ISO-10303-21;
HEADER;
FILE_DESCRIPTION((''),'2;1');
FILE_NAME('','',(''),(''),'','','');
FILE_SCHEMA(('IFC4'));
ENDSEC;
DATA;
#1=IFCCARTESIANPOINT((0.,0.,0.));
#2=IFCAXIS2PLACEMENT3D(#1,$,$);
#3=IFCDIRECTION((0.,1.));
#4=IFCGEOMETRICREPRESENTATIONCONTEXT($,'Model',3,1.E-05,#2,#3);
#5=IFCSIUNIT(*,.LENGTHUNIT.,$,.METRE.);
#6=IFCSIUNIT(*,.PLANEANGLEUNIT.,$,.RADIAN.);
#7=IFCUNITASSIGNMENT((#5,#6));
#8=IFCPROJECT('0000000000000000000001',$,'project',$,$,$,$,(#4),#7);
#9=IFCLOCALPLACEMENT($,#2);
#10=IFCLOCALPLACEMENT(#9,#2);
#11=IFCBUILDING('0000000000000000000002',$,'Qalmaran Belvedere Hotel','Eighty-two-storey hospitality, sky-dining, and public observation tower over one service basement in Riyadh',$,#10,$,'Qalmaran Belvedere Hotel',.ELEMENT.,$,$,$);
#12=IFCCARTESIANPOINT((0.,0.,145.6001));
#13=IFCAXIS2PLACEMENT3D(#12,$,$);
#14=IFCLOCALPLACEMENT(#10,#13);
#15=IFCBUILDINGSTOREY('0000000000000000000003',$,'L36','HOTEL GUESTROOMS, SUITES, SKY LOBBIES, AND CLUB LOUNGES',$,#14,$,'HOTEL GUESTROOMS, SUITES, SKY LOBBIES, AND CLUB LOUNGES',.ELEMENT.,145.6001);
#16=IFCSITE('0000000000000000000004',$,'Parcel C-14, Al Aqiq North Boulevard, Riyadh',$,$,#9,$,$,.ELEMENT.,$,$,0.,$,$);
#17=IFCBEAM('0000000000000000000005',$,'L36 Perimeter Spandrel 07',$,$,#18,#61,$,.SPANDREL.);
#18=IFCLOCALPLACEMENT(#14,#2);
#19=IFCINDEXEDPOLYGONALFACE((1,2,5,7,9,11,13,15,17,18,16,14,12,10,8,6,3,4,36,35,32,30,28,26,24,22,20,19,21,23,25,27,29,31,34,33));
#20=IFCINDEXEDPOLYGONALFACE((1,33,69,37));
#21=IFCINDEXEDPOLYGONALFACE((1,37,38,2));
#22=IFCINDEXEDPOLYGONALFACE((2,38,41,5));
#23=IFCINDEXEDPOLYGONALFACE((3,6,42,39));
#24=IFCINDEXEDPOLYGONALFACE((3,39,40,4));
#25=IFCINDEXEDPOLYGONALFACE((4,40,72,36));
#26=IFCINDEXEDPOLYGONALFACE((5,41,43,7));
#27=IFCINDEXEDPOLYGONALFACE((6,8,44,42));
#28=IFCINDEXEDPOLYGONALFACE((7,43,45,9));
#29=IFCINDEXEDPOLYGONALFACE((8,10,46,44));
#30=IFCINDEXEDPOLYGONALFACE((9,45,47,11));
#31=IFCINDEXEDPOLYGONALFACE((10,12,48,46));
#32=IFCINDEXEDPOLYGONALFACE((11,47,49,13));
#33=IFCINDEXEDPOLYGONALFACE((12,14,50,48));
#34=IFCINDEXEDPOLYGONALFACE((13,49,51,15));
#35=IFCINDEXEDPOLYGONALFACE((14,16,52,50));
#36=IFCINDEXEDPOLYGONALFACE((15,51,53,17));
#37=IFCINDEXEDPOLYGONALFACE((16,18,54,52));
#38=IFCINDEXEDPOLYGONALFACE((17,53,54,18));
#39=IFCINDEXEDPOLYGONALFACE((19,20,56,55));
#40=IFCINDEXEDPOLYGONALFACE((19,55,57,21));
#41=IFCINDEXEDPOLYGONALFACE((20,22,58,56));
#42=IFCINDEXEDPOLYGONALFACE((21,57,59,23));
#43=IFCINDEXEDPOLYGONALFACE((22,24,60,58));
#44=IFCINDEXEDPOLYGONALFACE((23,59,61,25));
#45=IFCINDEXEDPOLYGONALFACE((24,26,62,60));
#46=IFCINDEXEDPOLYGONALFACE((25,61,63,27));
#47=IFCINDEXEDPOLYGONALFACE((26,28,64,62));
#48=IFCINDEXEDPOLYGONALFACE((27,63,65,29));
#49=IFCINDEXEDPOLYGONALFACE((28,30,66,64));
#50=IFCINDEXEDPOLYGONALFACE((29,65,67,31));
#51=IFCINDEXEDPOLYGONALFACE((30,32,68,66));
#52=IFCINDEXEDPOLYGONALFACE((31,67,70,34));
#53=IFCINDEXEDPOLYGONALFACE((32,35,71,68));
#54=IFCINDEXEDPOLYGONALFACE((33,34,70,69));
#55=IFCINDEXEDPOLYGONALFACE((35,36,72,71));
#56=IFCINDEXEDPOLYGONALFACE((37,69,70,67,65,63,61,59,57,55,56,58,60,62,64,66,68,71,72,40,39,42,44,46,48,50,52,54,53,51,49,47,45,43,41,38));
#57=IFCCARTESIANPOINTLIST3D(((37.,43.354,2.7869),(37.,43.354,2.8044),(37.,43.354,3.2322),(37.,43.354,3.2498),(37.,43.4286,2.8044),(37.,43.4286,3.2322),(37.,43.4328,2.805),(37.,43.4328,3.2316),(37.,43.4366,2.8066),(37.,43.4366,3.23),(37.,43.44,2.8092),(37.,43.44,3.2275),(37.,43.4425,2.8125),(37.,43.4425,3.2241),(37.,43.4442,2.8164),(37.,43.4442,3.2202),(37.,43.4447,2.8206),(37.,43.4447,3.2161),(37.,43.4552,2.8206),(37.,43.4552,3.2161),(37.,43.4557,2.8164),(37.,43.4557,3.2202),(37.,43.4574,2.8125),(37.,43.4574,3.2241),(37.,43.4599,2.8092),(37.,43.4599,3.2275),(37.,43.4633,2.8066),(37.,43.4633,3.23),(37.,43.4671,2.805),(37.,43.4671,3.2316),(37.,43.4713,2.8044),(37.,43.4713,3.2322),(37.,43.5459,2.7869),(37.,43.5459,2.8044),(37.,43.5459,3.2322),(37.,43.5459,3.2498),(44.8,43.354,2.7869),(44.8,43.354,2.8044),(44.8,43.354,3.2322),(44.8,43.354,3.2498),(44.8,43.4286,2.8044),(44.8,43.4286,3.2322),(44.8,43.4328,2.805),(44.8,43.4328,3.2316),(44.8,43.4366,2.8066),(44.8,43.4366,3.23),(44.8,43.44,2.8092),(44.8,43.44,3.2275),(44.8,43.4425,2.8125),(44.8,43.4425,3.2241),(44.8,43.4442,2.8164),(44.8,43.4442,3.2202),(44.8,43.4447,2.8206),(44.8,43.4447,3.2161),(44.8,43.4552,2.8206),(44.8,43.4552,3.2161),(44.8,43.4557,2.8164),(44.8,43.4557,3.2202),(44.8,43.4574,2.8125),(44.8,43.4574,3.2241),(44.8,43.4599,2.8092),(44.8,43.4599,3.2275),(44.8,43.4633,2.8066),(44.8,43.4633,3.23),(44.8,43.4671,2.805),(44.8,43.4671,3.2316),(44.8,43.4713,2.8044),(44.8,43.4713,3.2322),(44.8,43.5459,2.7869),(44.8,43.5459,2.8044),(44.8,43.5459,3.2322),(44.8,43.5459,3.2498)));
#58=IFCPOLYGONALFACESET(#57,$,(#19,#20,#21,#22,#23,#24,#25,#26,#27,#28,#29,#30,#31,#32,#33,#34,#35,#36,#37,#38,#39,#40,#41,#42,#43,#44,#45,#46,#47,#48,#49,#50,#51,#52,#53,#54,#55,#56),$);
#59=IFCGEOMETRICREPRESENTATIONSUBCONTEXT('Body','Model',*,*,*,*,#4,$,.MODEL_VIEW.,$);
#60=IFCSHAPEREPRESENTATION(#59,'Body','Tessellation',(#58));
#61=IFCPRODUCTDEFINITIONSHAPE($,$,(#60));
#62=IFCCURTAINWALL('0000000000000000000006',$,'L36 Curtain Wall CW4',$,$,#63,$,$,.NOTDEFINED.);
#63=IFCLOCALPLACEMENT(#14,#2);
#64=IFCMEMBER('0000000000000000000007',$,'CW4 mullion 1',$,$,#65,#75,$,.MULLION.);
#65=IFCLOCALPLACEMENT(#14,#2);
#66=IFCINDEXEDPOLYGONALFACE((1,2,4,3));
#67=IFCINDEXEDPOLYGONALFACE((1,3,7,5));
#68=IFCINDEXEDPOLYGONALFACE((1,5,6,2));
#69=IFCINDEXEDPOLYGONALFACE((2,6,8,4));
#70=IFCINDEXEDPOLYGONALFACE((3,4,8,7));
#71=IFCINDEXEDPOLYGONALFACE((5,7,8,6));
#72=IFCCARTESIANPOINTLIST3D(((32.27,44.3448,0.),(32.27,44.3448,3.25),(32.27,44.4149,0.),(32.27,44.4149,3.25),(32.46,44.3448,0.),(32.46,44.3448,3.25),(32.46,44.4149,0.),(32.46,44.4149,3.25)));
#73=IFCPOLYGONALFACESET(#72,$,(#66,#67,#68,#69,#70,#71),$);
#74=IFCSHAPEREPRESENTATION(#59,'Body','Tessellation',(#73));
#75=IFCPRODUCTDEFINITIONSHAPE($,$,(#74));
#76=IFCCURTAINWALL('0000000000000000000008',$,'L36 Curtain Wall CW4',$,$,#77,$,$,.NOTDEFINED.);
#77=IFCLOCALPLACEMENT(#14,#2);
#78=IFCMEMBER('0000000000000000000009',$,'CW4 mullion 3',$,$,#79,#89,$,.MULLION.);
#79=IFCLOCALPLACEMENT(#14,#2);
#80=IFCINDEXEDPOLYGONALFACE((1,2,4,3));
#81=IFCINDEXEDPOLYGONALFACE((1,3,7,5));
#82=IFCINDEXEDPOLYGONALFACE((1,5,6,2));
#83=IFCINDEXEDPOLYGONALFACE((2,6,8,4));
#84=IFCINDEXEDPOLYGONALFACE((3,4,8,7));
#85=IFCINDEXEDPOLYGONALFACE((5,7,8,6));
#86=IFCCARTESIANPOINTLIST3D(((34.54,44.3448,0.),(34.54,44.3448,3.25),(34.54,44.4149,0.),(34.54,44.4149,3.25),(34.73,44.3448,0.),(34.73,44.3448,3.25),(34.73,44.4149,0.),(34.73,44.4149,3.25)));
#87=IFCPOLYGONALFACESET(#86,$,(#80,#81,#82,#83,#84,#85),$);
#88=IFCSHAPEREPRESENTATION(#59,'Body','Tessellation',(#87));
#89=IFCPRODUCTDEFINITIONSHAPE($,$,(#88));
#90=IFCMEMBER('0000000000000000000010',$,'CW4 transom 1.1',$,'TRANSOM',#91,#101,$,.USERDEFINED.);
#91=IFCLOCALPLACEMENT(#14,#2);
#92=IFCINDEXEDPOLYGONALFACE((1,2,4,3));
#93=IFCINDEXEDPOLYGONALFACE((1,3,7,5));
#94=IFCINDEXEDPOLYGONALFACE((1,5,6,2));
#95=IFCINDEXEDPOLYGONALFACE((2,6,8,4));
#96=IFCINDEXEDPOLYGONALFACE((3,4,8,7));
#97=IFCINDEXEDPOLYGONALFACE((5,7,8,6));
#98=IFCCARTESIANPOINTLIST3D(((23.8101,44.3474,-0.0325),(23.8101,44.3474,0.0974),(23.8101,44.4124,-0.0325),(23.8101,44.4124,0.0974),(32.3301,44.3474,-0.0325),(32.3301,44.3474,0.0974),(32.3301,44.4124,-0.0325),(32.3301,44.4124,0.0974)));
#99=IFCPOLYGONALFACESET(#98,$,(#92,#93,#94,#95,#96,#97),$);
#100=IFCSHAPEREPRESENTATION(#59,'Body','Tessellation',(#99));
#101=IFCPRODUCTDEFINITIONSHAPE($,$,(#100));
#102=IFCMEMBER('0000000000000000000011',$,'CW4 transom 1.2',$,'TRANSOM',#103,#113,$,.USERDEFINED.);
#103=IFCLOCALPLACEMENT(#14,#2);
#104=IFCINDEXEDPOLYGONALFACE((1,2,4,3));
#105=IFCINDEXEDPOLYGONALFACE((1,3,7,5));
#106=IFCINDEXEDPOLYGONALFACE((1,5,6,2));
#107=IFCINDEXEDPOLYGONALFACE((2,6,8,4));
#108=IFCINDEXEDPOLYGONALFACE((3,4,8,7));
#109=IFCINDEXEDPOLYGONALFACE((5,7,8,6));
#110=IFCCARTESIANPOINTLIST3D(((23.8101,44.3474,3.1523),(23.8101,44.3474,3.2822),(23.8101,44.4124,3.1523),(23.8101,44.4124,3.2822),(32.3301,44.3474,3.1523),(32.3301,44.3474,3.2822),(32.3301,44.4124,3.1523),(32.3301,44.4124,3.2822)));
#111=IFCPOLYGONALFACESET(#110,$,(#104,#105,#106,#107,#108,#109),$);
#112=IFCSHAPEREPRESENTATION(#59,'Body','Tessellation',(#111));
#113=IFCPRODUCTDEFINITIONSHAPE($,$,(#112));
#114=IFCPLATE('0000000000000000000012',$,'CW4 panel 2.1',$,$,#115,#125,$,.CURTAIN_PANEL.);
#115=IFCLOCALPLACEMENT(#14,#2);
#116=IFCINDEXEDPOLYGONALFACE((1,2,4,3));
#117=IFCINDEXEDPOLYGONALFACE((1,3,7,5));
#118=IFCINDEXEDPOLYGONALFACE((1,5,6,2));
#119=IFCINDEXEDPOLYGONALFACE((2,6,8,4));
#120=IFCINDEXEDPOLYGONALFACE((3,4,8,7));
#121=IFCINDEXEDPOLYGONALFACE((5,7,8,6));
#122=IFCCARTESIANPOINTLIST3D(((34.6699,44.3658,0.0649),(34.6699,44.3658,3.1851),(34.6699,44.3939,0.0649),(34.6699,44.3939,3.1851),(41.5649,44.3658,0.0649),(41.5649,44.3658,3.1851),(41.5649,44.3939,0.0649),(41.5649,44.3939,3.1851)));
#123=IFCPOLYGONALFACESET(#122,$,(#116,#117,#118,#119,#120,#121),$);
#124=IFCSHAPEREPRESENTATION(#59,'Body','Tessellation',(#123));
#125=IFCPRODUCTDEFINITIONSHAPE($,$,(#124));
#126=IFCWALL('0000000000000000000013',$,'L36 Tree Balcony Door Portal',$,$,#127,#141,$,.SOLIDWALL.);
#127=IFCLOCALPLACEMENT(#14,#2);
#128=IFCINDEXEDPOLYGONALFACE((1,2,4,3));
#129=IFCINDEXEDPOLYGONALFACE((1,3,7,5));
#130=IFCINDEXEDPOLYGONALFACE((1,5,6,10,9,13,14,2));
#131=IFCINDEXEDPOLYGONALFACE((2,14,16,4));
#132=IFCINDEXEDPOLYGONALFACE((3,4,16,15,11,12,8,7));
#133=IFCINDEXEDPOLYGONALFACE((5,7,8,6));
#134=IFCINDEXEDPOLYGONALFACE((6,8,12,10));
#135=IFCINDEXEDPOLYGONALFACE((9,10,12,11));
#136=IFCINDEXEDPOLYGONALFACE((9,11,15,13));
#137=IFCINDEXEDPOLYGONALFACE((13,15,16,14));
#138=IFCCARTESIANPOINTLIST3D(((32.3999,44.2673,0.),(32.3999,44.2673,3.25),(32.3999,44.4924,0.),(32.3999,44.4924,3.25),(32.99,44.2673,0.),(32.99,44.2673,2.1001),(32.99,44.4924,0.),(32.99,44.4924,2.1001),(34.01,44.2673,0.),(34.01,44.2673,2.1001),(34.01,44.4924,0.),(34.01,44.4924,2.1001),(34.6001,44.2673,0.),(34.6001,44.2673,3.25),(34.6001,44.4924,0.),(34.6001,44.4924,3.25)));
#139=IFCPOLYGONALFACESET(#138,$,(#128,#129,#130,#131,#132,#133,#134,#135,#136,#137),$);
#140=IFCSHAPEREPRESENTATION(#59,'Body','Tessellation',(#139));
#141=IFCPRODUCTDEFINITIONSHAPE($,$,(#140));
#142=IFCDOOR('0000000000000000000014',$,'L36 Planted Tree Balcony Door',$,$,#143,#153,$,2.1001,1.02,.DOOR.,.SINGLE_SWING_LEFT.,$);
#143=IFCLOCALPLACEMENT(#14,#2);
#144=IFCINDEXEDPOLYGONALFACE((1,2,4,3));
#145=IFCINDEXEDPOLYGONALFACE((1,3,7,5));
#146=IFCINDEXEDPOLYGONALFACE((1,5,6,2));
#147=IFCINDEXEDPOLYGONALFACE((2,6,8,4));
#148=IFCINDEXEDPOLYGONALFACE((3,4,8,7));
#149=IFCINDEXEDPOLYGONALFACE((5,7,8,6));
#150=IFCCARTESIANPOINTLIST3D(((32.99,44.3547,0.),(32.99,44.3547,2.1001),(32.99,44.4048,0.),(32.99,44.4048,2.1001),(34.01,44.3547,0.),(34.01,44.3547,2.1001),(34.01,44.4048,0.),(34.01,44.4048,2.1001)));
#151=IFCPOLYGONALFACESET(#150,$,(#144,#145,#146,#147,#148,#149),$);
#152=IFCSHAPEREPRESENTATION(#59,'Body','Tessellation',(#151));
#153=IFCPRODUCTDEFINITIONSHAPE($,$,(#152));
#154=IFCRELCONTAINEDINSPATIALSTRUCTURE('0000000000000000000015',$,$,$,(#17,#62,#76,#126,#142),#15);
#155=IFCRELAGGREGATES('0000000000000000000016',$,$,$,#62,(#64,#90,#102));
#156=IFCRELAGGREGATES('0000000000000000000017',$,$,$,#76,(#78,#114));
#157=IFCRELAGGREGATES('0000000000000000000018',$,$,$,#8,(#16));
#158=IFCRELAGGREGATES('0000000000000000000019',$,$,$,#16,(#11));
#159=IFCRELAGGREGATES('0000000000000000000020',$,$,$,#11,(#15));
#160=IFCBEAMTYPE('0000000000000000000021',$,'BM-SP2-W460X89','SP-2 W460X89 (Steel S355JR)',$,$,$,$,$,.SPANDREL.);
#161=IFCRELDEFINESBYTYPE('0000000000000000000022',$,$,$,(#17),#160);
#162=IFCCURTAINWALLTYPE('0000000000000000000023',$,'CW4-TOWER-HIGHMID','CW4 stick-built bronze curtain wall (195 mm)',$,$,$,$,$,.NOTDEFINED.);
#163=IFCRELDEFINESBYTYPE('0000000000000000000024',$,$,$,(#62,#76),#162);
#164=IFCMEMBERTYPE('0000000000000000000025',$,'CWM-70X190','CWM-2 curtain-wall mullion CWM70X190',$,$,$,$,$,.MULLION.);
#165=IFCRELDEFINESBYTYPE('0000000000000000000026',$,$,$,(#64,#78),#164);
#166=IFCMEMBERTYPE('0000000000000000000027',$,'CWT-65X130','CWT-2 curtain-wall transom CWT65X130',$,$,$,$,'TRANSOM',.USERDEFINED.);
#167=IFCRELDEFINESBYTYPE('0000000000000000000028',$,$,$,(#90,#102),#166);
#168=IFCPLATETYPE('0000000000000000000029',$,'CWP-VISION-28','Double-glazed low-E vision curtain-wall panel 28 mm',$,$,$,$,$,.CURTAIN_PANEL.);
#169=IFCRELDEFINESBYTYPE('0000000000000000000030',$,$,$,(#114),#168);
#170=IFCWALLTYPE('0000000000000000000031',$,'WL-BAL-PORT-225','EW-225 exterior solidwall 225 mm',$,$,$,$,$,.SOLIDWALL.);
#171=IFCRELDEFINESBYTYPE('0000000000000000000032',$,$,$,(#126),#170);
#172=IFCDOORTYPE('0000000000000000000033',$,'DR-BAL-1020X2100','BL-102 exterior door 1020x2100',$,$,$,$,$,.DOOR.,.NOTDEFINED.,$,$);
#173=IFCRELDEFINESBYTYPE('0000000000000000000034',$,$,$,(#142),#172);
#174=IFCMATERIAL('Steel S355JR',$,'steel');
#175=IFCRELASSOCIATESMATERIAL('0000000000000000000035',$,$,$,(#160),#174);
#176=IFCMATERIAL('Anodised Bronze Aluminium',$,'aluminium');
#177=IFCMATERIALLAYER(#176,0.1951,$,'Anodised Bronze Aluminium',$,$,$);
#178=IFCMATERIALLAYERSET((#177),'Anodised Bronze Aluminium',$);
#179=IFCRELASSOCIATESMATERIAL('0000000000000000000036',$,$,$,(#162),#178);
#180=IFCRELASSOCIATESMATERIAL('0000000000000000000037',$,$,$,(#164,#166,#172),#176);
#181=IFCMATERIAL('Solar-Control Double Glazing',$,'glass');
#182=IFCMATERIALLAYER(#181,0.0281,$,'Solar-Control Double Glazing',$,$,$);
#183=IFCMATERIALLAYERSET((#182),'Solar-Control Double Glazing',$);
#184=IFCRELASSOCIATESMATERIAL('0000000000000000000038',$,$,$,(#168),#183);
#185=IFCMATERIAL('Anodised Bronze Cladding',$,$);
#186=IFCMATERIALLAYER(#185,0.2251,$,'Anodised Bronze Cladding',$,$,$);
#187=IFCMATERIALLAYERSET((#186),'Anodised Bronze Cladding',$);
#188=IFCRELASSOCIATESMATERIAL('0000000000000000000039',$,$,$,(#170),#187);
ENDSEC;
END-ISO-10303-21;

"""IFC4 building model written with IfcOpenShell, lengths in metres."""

from ifc_helpers import new_model, si_unit, direction, frame, frame_2d, origin, origin_2d, place, context, subcontext, project, spatial, rectangle, i_section, extrude, material, layer, layer_set, material_profile, profile_set, type_object, element, fill, aggregate, save


model = new_model("IFC4")

# Units and contexts
model_context = context("Model", 3, precision=1e-05, world=origin(), true_north=direction((0.0, 1.0)))
body_context = subcontext(model_context, "Body", "Model", "MODEL_VIEW")
ifc_project = project(units=[si_unit("LENGTHUNIT", "METRE"), si_unit("PLANEANGLEUNIT", "RADIAN")], contexts=[model_context])

# Site, building, storey
site_placement = place(None, origin())
site = spatial("IfcSite", under=ifc_project, at=site_placement, Name="Parcel C-14, Al Aqiq North Boulevard, Riyadh", CompositionType="ELEMENT", RefElevation=0.0)
building_placement = place(site_placement, origin())
building = spatial("IfcBuilding", under=site, at=building_placement, Name="Qalmaran Belvedere Hotel", Description="Eighty-two-storey hospitality, sky-dining, and public observation tower over one service basement in Riyadh", LongName="Qalmaran Belvedere Hotel", CompositionType="ELEMENT")
storey_placement = place(building_placement, frame((0.0, 0.0, 145.6001)))
storey = spatial("IfcBuildingStorey", under=building, at=storey_placement, Name="L36", Description="HOTEL GUESTROOMS, SUITES, SKY LOBBIES, AND CLUB LOUNGES", LongName="HOTEL GUESTROOMS, SUITES, SKY LOBBIES, AND CLUB LOUNGES", CompositionType="ELEMENT", Elevation=145.6001)

# Beam
ifc_material_1 = material(Name="Steel S355JR", Category="steel")
ifc_material_profile_1 = material_profile(ifc_material_1, i_section(OverallWidth=0.1919, OverallDepth=0.4629, WebThickness=0.0105, FlangeThickness=0.0176, FilletRadius=0.0161, at=origin_2d()), Name="W460X89")
ifc_profile_set_1 = profile_set([ifc_material_profile_1], Name="Steel S355JR")
beam_type_1 = type_object("IfcBeamType", Name="BM-SP2-W460X89", Description="SP-2 W460X89 (Steel S355JR)", PredefinedType="SPANDREL", material=ifc_profile_set_1)
beam_placement = place(storey_placement, frame((37.0, 43.45, 3.0183), z_axis=(1.0, 0.0, 0.0), x_axis=(0.0, 1.0, 0.0)))
element("IfcBeam", 1, at=beam_placement, inside=storey, type_object=beam_type_1, Name="L36 Perimeter Spandrel 07", PredefinedType="SPANDREL", context=body_context, shape_type="SweptSolid", body=[
    extrude(i_section(OverallWidth=0.1919, OverallDepth=0.4629, WebThickness=0.0105, FlangeThickness=0.0176, FilletRadius=0.0161, at=origin_2d()), origin(), (0.0, 0.0, 1.0), 7.8),
])

# Curtain walls, members
ifc_material_2 = material(Name="Anodised Bronze Aluminium", Category="aluminium")
ifc_layer_1 = layer(ifc_material_2, 0.1951, Name="Anodised Bronze Aluminium")
ifc_layer_set_1 = layer_set([ifc_layer_1], Name="Anodised Bronze Aluminium")
curtain_wall_type = type_object("IfcCurtainWallType", Name="CW4-TOWER-HIGHMID", Description="CW4 stick-built bronze curtain wall (195 mm)", PredefinedType="NOTDEFINED", material=ifc_layer_set_1)
curtain_wall_1_placement = place(storey_placement, origin())
curtain_wall_1 = element("IfcCurtainWall", 2, at=curtain_wall_1_placement, inside=storey, type_object=curtain_wall_type, Name="L36 Curtain Wall CW4", PredefinedType="NOTDEFINED")
ifc_material_profile_2 = material_profile(ifc_material_2, rectangle(XDim=0.0701, YDim=0.1899, at=origin_2d()), Name="CWM70X190")
ifc_profile_set_2 = profile_set([ifc_material_profile_2], Name="Anodised Bronze Aluminium")
member_type_1 = type_object("IfcMemberType", Name="CWM-70X190", Description="CWM-2 curtain-wall mullion CWM70X190", PredefinedType="MULLION", material=ifc_profile_set_2)
member_1_placement = place(storey_placement, frame((32.365, 44.3799, 0.0), z_axis=(0.0, 0.0, 1.0), x_axis=(0.0, -1.0, 0.0)))
member_1 = element("IfcMember", 3, at=member_1_placement, type_object=member_type_1, Name="CW4 mullion 1", PredefinedType="MULLION", context=body_context, shape_type="SweptSolid", body=[
    extrude(rectangle(XDim=0.0701, YDim=0.1899, at=origin_2d()), origin(), (0.0, 0.0, 1.0), 3.25),
])
curtain_wall_2_placement = place(storey_placement, origin())
curtain_wall_2 = element("IfcCurtainWall", 4, at=curtain_wall_2_placement, inside=storey, type_object=curtain_wall_type, Name="L36 Curtain Wall CW4", PredefinedType="NOTDEFINED")
member_2_placement = place(storey_placement, frame((34.635, 44.3799, 0.0), z_axis=(0.0, 0.0, 1.0), x_axis=(0.0, -1.0, 0.0)))
member_2 = element("IfcMember", 5, at=member_2_placement, type_object=member_type_1, Name="CW4 mullion 3", PredefinedType="MULLION", context=body_context, shape_type="SweptSolid", body=[
    extrude(rectangle(XDim=0.0701, YDim=0.1899, at=origin_2d()), origin(), (0.0, 0.0, 1.0), 3.25),
])

# Members
ifc_material_profile_3 = material_profile(ifc_material_2, rectangle(XDim=0.0649, YDim=0.1299, at=origin_2d()), Name="CWT65X130")
ifc_profile_set_3 = profile_set([ifc_material_profile_3], Name="Anodised Bronze Aluminium")
member_type_2 = type_object("IfcMemberType", Name="CWT-65X130", Description="CWT-2 curtain-wall transom CWT65X130", ElementType="TRANSOM", PredefinedType="USERDEFINED", material=ifc_profile_set_3)
member_3_placement = place(storey_placement, frame((32.3301, 44.3799, 0.0325), z_axis=(-1.0, 0.0, 0.0), x_axis=(0.0, -1.0, 0.0)))
member_3 = element("IfcMember", 6, at=member_3_placement, type_object=member_type_2, Name="CW4 transom 1.1", ObjectType="TRANSOM", PredefinedType="USERDEFINED", context=body_context, shape_type="SweptSolid", body=[
    extrude(rectangle(XDim=0.0649, YDim=0.1299, at=origin_2d()), origin(), (0.0, 0.0, 1.0), 8.52),
])
member_4_placement = place(storey_placement, frame((32.3301, 44.3799, 3.2173), z_axis=(-1.0, 0.0, 0.0), x_axis=(0.0, -1.0, 0.0)))
member_4 = element("IfcMember", 7, at=member_4_placement, type_object=member_type_2, Name="CW4 transom 1.2", ObjectType="TRANSOM", PredefinedType="USERDEFINED", context=body_context, shape_type="SweptSolid", body=[
    extrude(rectangle(XDim=0.0649, YDim=0.1299, at=origin_2d()), origin(), (0.0, 0.0, 1.0), 8.52),
])
aggregate(curtain_wall_1, [member_1, member_3, member_4])

# Plate
ifc_material_3 = material(Name="Solar-Control Double Glazing", Category="glass")
ifc_layer_2 = layer(ifc_material_3, 0.0281, Name="Solar-Control Double Glazing")
ifc_layer_set_2 = layer_set([ifc_layer_2], Name="Solar-Control Double Glazing")
plate_type = type_object("IfcPlateType", Name="CWP-VISION-28", Description="Double-glazed low-E vision curtain-wall panel 28 mm", PredefinedType="CURTAIN_PANEL", material=ifc_layer_set_2)
plate_placement = place(storey_placement, frame((38.1174, 44.3799, 0.0649), z_axis=(0.0, 0.0, 1.0), x_axis=(-1.0, 0.0, 0.0)))
plate = element("IfcPlate", 8, at=plate_placement, type_object=plate_type, Name="CW4 panel 2.1", PredefinedType="CURTAIN_PANEL", context=body_context, shape_type="SweptSolid", body=[
    extrude(rectangle(XDim=6.895, YDim=0.0281, at=origin_2d()), origin(), (0.0, 0.0, 1.0), 3.1201),
])
aggregate(curtain_wall_2, [member_2, plate])

# Wall, opening, door
ifc_material_4 = material(Name="Anodised Bronze Cladding")
ifc_layer_3 = layer(ifc_material_4, 0.2251, Name="Anodised Bronze Cladding")
ifc_layer_set_3 = layer_set([ifc_layer_3], Name="Anodised Bronze Cladding")
wall_type_1 = type_object("IfcWallType", Name="WL-BAL-PORT-225", Description="EW-225 exterior solidwall 225 mm", PredefinedType="SOLIDWALL", material=ifc_layer_set_3)
wall_1_placement = place(storey_placement, frame((32.3999, 44.3799, 0.0), z_axis=(0.0, 0.0, 1.0), x_axis=(1.0, 0.0, 0.0)))
wall_1 = element("IfcWall", 9, at=wall_1_placement, inside=storey, type_object=wall_type_1, Name="L36 Tree Balcony Door Portal", PredefinedType="SOLIDWALL", context=body_context, shape_type="SweptSolid", body=[
    extrude(rectangle(XDim=2.2002, YDim=0.2251, at=frame_2d((1.1001, 0.0))), origin(), (0.0, 0.0, 1.0), 3.25),
])
opening_1_placement = place(wall_1_placement, frame((0.5901, 0.0, 0.0)))
opening_1 = element("IfcOpeningElement", 10, at=opening_1_placement, cuts=wall_1, PredefinedType="OPENING", context=body_context, shape_type="SweptSolid", body=[
    extrude(rectangle(XDim=1.02, YDim=2.1001, at=frame_2d((0.51, 1.05))), frame((0.0, 0.1226, 0.0), z_axis=(0.0, -1.0, 0.0), x_axis=(1.0, 0.0, 0.0)), (0.0, 0.0, 1.0), 0.2451),
])
door_type_1 = type_object("IfcDoorType", Name="DR-BAL-1020X2100", Description="BL-102 exterior door 1020x2100", OperationType="NOTDEFINED", PredefinedType="DOOR", material=ifc_material_2)
door_1_placement = place(opening_1_placement, origin())
door_1 = element("IfcDoor", 11, at=door_1_placement, inside=storey, type_object=door_type_1, Name="L36 Planted Tree Balcony Door", OperationType="SINGLE_SWING_LEFT", OverallHeight=2.1001, OverallWidth=1.02, PredefinedType="DOOR", context=body_context, shape_type="SweptSolid", body=[
    extrude(rectangle(XDim=1.02, YDim=2.1001, at=frame_2d((0.51, 1.05))), frame((0.0, 0.0249, 0.0), z_axis=(0.0, -1.0, 0.0), x_axis=(1.0, 0.0, 0.0)), (0.0, 0.0, 1.0), 0.05),
])
fill(opening_1, door_1)

save(model, "model.ifc")
